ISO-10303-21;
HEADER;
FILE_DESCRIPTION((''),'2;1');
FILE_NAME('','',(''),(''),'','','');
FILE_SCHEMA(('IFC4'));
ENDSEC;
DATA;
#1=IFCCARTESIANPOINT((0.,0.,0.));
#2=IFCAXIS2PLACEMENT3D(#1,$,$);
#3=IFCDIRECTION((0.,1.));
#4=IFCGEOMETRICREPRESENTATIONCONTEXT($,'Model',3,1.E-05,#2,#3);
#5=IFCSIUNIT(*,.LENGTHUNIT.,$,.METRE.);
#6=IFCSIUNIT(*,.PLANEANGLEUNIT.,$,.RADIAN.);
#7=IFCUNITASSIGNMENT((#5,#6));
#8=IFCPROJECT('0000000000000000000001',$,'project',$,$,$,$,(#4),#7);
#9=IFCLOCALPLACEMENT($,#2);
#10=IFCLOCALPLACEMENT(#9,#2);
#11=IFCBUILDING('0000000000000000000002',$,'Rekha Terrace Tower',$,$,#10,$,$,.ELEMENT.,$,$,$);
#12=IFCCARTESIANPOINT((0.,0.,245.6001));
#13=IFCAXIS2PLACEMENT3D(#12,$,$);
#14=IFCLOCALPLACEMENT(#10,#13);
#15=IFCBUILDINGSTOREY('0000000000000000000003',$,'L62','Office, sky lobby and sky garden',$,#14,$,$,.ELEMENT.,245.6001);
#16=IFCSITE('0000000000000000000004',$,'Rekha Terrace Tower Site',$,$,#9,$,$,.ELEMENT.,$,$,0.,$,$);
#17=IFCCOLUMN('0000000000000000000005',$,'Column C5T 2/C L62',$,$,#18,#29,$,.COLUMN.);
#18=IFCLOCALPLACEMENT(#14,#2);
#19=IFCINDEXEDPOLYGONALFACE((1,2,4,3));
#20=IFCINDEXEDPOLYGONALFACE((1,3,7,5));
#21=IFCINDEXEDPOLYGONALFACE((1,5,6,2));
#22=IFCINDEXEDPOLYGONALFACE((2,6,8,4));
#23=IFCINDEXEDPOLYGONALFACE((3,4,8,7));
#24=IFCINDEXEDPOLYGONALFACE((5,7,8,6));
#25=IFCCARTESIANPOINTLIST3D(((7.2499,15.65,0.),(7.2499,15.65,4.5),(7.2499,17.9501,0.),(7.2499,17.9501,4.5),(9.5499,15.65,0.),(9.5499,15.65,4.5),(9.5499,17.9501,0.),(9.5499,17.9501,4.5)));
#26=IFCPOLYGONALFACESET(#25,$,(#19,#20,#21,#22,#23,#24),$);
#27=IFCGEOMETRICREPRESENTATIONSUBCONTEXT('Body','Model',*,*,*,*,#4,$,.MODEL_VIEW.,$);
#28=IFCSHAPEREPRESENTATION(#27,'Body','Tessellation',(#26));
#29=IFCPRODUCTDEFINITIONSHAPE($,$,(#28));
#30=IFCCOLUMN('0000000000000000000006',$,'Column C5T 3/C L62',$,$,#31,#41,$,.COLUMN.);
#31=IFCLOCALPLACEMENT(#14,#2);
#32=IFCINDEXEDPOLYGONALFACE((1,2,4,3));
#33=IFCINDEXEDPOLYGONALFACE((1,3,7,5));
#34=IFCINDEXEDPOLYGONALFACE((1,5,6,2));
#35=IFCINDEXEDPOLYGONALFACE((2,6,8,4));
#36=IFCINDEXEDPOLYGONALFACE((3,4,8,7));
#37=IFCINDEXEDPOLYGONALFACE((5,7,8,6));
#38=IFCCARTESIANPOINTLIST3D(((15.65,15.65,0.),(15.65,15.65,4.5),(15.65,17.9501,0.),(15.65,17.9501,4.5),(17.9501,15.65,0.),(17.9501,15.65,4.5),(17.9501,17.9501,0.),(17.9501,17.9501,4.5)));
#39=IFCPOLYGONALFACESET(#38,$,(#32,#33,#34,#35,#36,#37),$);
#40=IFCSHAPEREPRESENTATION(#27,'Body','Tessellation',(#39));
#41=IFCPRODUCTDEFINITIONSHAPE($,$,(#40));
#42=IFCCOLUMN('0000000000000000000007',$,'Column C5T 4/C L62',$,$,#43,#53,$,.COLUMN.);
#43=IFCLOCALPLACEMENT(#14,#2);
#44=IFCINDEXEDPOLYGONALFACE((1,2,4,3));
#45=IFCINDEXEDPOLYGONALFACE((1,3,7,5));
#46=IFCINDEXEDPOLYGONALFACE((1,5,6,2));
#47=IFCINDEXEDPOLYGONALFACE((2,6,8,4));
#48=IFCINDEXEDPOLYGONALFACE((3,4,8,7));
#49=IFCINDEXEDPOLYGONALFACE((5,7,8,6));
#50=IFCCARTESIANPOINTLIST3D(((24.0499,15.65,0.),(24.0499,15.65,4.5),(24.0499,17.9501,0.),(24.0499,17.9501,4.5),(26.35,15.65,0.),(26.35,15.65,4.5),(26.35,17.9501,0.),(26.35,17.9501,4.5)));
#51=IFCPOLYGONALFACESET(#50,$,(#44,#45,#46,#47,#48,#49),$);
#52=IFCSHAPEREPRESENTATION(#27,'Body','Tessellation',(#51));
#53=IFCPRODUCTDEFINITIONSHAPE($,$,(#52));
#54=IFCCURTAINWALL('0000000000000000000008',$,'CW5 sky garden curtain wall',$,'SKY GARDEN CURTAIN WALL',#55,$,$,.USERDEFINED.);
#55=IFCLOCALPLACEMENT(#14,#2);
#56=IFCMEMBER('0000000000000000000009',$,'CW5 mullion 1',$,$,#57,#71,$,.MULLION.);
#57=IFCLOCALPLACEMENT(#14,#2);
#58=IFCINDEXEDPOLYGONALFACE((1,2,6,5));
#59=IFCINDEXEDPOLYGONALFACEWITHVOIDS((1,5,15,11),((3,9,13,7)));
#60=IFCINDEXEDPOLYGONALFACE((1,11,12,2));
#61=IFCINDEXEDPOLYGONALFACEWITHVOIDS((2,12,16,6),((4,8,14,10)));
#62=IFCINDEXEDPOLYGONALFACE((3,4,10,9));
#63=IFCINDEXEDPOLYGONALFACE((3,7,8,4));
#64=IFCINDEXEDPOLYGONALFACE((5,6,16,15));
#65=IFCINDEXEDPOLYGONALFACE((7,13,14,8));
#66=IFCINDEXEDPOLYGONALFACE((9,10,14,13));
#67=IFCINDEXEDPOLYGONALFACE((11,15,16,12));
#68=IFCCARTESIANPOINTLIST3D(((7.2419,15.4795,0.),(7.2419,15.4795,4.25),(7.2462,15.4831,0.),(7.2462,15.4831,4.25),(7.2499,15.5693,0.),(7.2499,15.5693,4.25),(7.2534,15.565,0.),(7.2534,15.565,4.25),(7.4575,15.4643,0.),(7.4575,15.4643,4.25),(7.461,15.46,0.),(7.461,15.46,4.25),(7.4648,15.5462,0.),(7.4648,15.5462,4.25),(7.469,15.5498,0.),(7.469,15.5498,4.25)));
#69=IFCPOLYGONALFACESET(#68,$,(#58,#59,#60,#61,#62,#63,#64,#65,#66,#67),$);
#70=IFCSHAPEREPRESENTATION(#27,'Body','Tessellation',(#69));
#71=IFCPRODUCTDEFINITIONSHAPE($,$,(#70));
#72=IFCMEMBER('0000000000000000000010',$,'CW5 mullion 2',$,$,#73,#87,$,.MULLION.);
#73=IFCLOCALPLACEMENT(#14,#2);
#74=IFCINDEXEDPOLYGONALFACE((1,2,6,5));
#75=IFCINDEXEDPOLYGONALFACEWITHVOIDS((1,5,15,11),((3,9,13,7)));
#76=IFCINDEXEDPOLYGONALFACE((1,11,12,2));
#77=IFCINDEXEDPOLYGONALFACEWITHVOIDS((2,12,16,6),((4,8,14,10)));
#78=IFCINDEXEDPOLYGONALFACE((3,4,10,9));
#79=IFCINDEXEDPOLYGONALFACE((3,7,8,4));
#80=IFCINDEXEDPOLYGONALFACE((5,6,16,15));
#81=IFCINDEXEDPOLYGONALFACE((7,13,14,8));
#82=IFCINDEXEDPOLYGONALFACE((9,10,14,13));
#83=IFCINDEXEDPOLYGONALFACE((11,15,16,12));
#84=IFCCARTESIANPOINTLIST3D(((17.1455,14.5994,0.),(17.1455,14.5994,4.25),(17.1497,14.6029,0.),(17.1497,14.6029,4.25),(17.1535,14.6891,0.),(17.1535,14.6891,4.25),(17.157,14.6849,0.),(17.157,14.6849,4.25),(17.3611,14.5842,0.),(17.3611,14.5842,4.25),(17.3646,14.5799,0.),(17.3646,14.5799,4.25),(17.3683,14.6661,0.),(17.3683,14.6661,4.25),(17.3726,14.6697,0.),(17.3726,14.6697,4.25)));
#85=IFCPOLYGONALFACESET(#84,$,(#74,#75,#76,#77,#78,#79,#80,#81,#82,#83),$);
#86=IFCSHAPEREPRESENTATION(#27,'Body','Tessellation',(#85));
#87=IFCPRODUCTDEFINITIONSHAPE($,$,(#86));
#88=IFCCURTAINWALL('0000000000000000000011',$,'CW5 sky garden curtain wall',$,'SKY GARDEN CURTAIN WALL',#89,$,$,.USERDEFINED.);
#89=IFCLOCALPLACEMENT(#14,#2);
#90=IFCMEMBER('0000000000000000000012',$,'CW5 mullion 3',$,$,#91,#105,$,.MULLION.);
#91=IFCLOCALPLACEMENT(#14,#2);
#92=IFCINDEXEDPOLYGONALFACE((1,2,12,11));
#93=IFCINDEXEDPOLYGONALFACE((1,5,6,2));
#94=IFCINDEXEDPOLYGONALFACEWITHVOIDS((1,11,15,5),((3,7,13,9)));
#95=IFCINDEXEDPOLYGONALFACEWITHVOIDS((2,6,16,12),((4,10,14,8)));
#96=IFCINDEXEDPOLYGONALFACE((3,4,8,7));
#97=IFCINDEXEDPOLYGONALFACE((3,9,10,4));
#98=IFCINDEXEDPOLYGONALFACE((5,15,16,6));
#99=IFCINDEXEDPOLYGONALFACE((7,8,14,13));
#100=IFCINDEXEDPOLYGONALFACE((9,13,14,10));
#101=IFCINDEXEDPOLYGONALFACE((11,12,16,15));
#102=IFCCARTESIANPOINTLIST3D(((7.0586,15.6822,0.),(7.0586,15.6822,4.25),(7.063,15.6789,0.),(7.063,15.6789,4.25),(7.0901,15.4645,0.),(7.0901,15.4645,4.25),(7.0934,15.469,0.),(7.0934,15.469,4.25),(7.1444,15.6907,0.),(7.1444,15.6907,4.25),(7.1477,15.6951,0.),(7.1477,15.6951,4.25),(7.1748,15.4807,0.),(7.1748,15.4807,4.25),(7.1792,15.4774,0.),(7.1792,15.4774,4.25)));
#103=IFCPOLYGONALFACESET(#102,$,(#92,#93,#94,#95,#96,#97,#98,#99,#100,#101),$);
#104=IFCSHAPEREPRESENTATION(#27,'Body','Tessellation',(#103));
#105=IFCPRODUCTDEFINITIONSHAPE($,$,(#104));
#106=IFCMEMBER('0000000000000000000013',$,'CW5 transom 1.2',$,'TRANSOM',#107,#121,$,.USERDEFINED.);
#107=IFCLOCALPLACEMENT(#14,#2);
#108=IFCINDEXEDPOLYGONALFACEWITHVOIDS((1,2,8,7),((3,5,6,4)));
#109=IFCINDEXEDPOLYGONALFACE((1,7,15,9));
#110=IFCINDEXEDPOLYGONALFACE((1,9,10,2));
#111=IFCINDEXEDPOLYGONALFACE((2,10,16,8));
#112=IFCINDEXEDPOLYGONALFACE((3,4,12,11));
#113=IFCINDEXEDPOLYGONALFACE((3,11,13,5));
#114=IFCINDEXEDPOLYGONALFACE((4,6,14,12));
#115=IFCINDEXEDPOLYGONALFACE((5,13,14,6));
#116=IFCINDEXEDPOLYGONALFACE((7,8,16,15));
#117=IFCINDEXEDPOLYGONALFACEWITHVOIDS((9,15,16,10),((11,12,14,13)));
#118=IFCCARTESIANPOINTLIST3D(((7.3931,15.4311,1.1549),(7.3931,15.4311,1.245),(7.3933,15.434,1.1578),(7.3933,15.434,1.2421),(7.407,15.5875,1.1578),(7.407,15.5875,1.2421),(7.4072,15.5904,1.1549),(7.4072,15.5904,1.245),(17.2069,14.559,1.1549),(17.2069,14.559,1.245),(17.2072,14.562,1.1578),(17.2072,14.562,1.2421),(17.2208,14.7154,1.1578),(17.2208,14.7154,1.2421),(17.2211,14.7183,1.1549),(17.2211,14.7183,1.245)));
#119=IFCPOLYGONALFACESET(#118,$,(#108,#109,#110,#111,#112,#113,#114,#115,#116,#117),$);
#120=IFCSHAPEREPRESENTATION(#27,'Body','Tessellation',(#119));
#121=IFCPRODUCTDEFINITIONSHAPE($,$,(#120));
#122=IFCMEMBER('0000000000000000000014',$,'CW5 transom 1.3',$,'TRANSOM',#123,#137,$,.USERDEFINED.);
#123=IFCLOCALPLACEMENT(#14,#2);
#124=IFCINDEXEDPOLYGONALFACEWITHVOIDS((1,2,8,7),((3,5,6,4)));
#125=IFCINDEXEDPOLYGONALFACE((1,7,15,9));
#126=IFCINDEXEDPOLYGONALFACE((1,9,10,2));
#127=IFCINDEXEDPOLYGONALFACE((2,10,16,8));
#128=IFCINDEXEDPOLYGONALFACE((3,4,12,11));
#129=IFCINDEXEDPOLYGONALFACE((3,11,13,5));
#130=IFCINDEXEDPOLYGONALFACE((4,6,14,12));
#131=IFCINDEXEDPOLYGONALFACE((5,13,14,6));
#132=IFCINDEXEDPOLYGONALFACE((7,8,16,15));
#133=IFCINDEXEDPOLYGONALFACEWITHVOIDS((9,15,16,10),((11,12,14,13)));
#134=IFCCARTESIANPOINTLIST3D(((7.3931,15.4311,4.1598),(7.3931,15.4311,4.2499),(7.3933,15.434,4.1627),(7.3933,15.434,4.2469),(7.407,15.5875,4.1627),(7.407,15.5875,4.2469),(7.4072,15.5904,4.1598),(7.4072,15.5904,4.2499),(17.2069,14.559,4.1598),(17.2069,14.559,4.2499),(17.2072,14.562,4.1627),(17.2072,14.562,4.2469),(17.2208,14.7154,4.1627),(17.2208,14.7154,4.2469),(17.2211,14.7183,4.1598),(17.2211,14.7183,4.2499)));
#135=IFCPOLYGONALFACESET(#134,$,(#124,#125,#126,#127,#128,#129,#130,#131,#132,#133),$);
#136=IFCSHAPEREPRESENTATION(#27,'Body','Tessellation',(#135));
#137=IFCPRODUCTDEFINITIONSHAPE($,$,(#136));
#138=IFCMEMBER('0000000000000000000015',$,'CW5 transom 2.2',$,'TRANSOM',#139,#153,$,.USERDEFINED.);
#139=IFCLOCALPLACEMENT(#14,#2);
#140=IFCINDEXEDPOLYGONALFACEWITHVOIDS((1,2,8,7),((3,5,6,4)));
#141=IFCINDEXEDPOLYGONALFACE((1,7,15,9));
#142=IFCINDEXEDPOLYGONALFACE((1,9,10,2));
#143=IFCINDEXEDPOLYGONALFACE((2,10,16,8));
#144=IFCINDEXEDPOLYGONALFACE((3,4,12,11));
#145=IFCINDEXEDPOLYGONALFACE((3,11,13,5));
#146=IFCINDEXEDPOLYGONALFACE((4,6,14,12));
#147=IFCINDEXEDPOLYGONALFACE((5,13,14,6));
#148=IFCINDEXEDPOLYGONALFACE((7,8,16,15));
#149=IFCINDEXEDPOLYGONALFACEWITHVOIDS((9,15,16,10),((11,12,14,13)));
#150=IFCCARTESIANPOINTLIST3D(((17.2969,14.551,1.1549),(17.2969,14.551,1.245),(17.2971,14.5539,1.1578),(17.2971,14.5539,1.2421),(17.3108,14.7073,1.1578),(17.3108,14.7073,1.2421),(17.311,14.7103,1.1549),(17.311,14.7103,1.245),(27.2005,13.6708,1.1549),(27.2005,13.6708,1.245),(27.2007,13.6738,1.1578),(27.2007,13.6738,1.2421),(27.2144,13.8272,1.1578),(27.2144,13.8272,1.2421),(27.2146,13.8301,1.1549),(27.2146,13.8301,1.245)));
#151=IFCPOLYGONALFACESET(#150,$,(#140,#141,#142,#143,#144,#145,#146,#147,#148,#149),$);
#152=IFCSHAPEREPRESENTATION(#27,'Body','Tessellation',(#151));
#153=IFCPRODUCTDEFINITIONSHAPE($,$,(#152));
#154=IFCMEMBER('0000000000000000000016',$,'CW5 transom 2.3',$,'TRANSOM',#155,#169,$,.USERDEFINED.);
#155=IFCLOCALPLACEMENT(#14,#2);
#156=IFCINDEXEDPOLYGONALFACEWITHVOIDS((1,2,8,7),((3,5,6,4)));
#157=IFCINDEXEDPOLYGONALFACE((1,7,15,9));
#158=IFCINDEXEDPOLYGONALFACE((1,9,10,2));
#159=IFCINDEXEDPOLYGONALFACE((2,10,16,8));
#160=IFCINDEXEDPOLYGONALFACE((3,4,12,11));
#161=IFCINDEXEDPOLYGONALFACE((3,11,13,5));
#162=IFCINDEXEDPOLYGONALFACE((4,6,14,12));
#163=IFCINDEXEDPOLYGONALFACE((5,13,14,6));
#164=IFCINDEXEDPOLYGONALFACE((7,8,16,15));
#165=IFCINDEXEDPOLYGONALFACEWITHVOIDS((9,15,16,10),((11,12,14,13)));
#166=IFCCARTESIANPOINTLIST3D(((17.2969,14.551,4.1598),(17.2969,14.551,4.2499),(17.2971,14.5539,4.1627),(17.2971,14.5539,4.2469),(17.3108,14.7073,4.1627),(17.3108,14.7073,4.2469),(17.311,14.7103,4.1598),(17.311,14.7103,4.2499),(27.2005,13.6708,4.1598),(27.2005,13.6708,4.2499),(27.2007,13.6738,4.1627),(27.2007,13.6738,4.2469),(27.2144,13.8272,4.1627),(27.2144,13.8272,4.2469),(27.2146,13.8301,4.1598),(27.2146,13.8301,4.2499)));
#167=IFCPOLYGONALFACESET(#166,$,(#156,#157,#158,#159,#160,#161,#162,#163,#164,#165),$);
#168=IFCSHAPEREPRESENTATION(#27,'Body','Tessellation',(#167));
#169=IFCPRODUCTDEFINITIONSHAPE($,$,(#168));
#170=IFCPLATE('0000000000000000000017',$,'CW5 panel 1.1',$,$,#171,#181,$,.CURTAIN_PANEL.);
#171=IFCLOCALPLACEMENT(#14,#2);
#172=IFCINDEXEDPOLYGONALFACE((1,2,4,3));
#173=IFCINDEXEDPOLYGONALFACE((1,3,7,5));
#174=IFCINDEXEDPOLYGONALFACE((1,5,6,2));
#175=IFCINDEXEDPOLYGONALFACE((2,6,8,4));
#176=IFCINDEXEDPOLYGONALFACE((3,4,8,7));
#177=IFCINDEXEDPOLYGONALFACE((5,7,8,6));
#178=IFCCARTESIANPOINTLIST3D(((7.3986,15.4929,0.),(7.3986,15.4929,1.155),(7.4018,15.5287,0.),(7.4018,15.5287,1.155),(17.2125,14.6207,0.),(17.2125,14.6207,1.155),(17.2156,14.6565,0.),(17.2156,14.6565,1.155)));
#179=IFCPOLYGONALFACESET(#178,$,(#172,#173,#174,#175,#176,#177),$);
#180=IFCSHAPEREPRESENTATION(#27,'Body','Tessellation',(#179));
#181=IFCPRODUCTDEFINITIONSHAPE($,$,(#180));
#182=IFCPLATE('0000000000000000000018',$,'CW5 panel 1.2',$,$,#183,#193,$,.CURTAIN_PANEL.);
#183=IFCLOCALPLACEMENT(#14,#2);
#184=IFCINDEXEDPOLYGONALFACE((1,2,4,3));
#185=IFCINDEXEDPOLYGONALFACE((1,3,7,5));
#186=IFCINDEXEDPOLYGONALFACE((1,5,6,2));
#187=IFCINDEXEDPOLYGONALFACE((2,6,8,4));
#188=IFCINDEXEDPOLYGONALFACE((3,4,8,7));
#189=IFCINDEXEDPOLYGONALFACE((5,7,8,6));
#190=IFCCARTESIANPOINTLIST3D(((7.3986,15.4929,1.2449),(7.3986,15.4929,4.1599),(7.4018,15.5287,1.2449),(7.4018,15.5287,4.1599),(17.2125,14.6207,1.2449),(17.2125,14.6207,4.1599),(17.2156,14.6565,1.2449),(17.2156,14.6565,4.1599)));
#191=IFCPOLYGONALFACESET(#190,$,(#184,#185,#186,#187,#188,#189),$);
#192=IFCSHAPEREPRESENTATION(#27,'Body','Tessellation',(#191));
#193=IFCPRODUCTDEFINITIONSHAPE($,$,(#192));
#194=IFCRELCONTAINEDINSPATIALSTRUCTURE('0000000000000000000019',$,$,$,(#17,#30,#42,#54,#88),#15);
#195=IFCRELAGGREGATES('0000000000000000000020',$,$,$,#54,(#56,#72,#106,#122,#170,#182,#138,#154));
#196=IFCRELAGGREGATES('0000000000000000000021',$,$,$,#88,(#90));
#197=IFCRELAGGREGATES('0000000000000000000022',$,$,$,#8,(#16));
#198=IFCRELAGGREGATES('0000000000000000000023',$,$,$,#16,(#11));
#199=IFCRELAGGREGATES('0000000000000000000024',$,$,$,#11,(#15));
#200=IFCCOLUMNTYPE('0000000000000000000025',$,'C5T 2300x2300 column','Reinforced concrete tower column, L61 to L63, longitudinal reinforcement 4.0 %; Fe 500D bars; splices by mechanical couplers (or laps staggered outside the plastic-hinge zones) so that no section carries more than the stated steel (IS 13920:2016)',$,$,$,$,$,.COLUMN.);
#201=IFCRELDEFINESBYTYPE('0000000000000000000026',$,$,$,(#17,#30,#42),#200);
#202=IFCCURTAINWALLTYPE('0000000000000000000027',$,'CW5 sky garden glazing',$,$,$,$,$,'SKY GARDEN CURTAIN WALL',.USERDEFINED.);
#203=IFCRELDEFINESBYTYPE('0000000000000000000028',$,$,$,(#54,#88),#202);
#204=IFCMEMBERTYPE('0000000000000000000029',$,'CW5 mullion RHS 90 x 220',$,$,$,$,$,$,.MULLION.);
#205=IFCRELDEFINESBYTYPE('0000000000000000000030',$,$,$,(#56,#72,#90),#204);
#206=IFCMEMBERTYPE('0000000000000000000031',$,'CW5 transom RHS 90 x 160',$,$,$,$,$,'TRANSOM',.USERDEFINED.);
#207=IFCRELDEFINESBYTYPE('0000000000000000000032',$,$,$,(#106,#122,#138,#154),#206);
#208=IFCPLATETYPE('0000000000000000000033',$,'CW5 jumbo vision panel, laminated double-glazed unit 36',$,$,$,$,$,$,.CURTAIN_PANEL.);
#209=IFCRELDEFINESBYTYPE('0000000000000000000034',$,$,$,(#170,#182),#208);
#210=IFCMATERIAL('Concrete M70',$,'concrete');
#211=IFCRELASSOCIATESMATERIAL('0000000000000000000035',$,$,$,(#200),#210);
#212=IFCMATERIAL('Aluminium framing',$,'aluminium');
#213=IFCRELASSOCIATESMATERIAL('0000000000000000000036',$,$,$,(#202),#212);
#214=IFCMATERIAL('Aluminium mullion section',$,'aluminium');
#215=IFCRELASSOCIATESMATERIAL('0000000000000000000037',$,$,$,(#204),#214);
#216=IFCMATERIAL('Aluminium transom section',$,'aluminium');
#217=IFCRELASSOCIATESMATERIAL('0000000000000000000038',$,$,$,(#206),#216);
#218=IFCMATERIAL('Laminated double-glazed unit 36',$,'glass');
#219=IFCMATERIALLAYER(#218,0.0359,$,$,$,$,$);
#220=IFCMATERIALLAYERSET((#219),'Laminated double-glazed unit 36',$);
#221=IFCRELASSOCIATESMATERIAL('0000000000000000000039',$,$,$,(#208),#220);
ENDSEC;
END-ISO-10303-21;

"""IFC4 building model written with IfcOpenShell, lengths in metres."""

from ifc_helpers import new_model, si_unit, direction, frame, origin, origin_2d, place, context, subcontext, project, spatial, rectangle, hollow_rectangle, extrude, material, layer, layer_set, material_profile, profile_set, type_object, element, aggregate, save


model = new_model("IFC4")

# Units and contexts
model_context = context("Model", 3, precision=1e-05, world=origin(), true_north=direction((0.0, 1.0)))
body_context = subcontext(model_context, "Body", "Model", "MODEL_VIEW")
ifc_project = project(units=[si_unit("LENGTHUNIT", "METRE"), si_unit("PLANEANGLEUNIT", "RADIAN")], contexts=[model_context])

# Site, building, storey
site_placement = place(None, origin())
site = spatial("IfcSite", under=ifc_project, at=site_placement, Name="Rekha Terrace Tower Site", CompositionType="ELEMENT", RefElevation=0.0)
building_placement = place(site_placement, origin())
building = spatial("IfcBuilding", under=site, at=building_placement, Name="Rekha Terrace Tower", CompositionType="ELEMENT")
storey_placement = place(building_placement, frame((0.0, 0.0, 245.6001)))
storey = spatial("IfcBuildingStorey", under=building, at=storey_placement, Name="L62", Description="Office, sky lobby and sky garden", CompositionType="ELEMENT", Elevation=245.6001)

# Columns
ifc_material_1 = material(Name="Concrete M70", Category="concrete")
ifc_material_profile_1 = material_profile(ifc_material_1, rectangle(XDim=2.3, YDim=2.3, at=origin_2d()), Name="RC 2300x2300")
ifc_profile_set_1 = profile_set([ifc_material_profile_1], Name="Concrete M70")
column_type = type_object("IfcColumnType", Name="C5T 2300x2300 column", Description="Reinforced concrete tower column, L61 to L63, longitudinal reinforcement 4.0 %; Fe 500D bars; splices by mechanical couplers (or laps staggered outside the plastic-hinge zones) so that no section carries more than the stated steel (IS 13920:2016)", PredefinedType="COLUMN", material=ifc_profile_set_1)
for number, where, z_axis, x_axis, name in (
    (1, (8.3999, 16.8, 0.0), (0.0, 0.0, 1.0), (1.0, 0.0, 0.0), "Column C5T 2/C L62"),
    (2, (16.8, 16.8, 0.0), (0.0, 0.0, 1.0), (1.0, 0.0, 0.0), "Column C5T 3/C L62"),
    (3, (25.2, 16.8, 0.0), (0.0, 0.0, 1.0), (1.0, 0.0, 0.0), "Column C5T 4/C L62"),
):
    element("IfcColumn", number, at=place(storey_placement, frame(where, z_axis=z_axis, x_axis=x_axis)), inside=storey, type_object=column_type, Name=name, PredefinedType="COLUMN", context=body_context, shape_type="SweptSolid", body=[
        extrude(rectangle(XDim=2.3, YDim=2.3, at=origin_2d()), origin(), (0.0, 0.0, 1.0), 4.5),
    ])

# Curtain wall, members
ifc_material_2 = material(Name="Aluminium framing", Category="aluminium")
curtain_wall_type = type_object("IfcCurtainWallType", Name="CW5 sky garden glazing", ElementType="SKY GARDEN CURTAIN WALL", PredefinedType="USERDEFINED", material=ifc_material_2)
curtain_wall_1_placement = place(storey_placement, origin())
curtain_wall_1 = element("IfcCurtainWall", 4, at=curtain_wall_1_placement, inside=storey, type_object=curtain_wall_type, Name="CW5 sky garden curtain wall", ObjectType="SKY GARDEN CURTAIN WALL", PredefinedType="USERDEFINED")
ifc_material_3 = material(Name="Aluminium mullion section", Category="aluminium")
ifc_material_profile_2 = material_profile(ifc_material_3, hollow_rectangle(XDim=0.0901, YDim=0.22, WallThickness=0.0039, at=origin_2d()), Name="AL RHS 90x220")
ifc_profile_set_2 = profile_set([ifc_material_profile_2], Name="Aluminium mullion section")
member_type_1 = type_object("IfcMemberType", Name="CW5 mullion RHS 90 x 220", PredefinedType="MULLION", material=ifc_profile_set_2)
member_1_placement = place(storey_placement, frame((7.3555, 15.5146, 0.0), z_axis=(0.0, 0.0, 1.0), x_axis=(0.088522, 0.996074, 0.0)))
member_1 = element("IfcMember", 5, at=member_1_placement, type_object=member_type_1, Name="CW5 mullion 1", PredefinedType="MULLION", context=body_context, shape_type="SweptSolid", body=[
    extrude(hollow_rectangle(XDim=0.0901, YDim=0.22, WallThickness=0.0039, at=origin_2d()), origin(), (0.0, 0.0, 1.0), 4.25),
])
member_2_placement = place(storey_placement, frame((17.259, 14.6345, 0.0), z_axis=(0.0, 0.0, 1.0), x_axis=(0.088522, 0.996074, 0.0)))
member_2 = element("IfcMember", 6, at=member_2_placement, type_object=member_type_1, Name="CW5 mullion 2", PredefinedType="MULLION", context=body_context, shape_type="SweptSolid", body=[
    extrude(hollow_rectangle(XDim=0.0901, YDim=0.22, WallThickness=0.0039, at=origin_2d()), origin(), (0.0, 0.0, 1.0), 4.25),
])

# Curtain wall, member
curtain_wall_2_placement = place(storey_placement, origin())
curtain_wall_2 = element("IfcCurtainWall", 7, at=curtain_wall_2_placement, inside=storey, type_object=curtain_wall_type, Name="CW5 sky garden curtain wall", ObjectType="SKY GARDEN CURTAIN WALL", PredefinedType="USERDEFINED")
member_3_placement = place(storey_placement, frame((7.1189, 15.5798, 0.0), z_axis=(0.0, 0.0, 1.0), x_axis=(0.989707, 0.143108, 0.0)))
member_3 = element("IfcMember", 8, at=member_3_placement, type_object=member_type_1, Name="CW5 mullion 3", PredefinedType="MULLION", context=body_context, shape_type="SweptSolid", body=[
    extrude(hollow_rectangle(XDim=0.0901, YDim=0.22, WallThickness=0.0039, at=origin_2d()), origin(), (0.0, 0.0, 1.0), 4.25),
])

# Members
ifc_material_4 = material(Name="Aluminium transom section", Category="aluminium")
ifc_material_profile_3 = material_profile(ifc_material_4, hollow_rectangle(XDim=0.1599, YDim=0.0901, WallThickness=0.0029, at=origin_2d()), Name="AL RHS 160x90")
ifc_profile_set_3 = profile_set([ifc_material_profile_3], Name="Aluminium transom section")
member_type_2 = type_object("IfcMemberType", Name="CW5 transom RHS 90 x 160", ElementType="TRANSOM", PredefinedType="USERDEFINED", material=ifc_profile_set_3)
member_4_placement = place(storey_placement, frame((7.4001, 15.5107, 1.2), z_axis=(0.996075, -0.088511, 0.0), x_axis=(0.088511, 0.996075, 0.0)))
member_4 = element("IfcMember", 9, at=member_4_placement, type_object=member_type_2, Name="CW5 transom 1.2", ObjectType="TRANSOM", PredefinedType="USERDEFINED", context=body_context, shape_type="SweptSolid", body=[
    extrude(hollow_rectangle(XDim=0.1599, YDim=0.0901, WallThickness=0.0029, at=origin_2d()), origin(), (0.0, 0.0, 1.0), 9.8525),
])
member_5_placement = place(storey_placement, frame((7.4001, 15.5107, 4.2048), z_axis=(0.996075, -0.088511, 0.0), x_axis=(0.088511, 0.996075, 0.0)))
member_5 = element("IfcMember", 10, at=member_5_placement, type_object=member_type_2, Name="CW5 transom 1.3", ObjectType="TRANSOM", PredefinedType="USERDEFINED", context=body_context, shape_type="SweptSolid", body=[
    extrude(hollow_rectangle(XDim=0.1599, YDim=0.0901, WallThickness=0.0029, at=origin_2d()), origin(), (0.0, 0.0, 1.0), 9.8525),
])
member_6_placement = place(storey_placement, frame((17.304, 14.6306, 1.2), z_axis=(0.996074, -0.088521, 0.0), x_axis=(0.088521, 0.996074, 0.0)))
member_6 = element("IfcMember", 11, at=member_6_placement, type_object=member_type_2, Name="CW5 transom 2.2", ObjectType="TRANSOM", PredefinedType="USERDEFINED", context=body_context, shape_type="SweptSolid", body=[
    extrude(hollow_rectangle(XDim=0.1599, YDim=0.0901, WallThickness=0.0029, at=origin_2d()), origin(), (0.0, 0.0, 1.0), 9.9426),
])
member_7_placement = place(storey_placement, frame((17.304, 14.6306, 4.2048), z_axis=(0.996074, -0.088521, 0.0), x_axis=(0.088521, 0.996074, 0.0)))
member_7 = element("IfcMember", 12, at=member_7_placement, type_object=member_type_2, Name="CW5 transom 2.3", ObjectType="TRANSOM", PredefinedType="USERDEFINED", context=body_context, shape_type="SweptSolid", body=[
    extrude(hollow_rectangle(XDim=0.1599, YDim=0.0901, WallThickness=0.0029, at=origin_2d()), origin(), (0.0, 0.0, 1.0), 9.9426),
])

# Plates
ifc_material_5 = material(Name="Laminated double-glazed unit 36", Category="glass")
ifc_layer_1 = layer(ifc_material_5, 0.0359)
ifc_layer_set_1 = layer_set([ifc_layer_1], Name="Laminated double-glazed unit 36")
plate_type = type_object("IfcPlateType", Name="CW5 jumbo vision panel, laminated double-glazed unit 36", PredefinedType="CURTAIN_PANEL", material=ifc_layer_set_1)
plate_1_placement = place(storey_placement, frame((12.3071, 15.0747, 0.0), z_axis=(0.0, 0.0, 1.0), x_axis=(0.996074, -0.088522, 0.0)))
plate_1 = element("IfcPlate", 13, at=plate_1_placement, type_object=plate_type, Name="CW5 panel 1.1", PredefinedType="CURTAIN_PANEL", context=body_context, shape_type="SweptSolid", body=[
    extrude(rectangle(XDim=9.8525, YDim=0.0359, at=origin_2d()), origin(), (0.0, 0.0, 1.0), 1.155),
])
plate_2_placement = place(storey_placement, frame((12.3071, 15.0747, 1.2449), z_axis=(0.0, 0.0, 1.0), x_axis=(0.996074, -0.088522, 0.0)))
plate_2 = element("IfcPlate", 14, at=plate_2_placement, type_object=plate_type, Name="CW5 panel 1.2", PredefinedType="CURTAIN_PANEL", context=body_context, shape_type="SweptSolid", body=[
    extrude(rectangle(XDim=9.8525, YDim=0.0359, at=origin_2d()), origin(), (0.0, 0.0, 1.0), 2.915),
])
aggregate(curtain_wall_1, [member_1, member_2, member_4, member_5, plate_1, plate_2, member_6, member_7])
aggregate(curtain_wall_2, [member_3])

save(model, "model.ifc")
